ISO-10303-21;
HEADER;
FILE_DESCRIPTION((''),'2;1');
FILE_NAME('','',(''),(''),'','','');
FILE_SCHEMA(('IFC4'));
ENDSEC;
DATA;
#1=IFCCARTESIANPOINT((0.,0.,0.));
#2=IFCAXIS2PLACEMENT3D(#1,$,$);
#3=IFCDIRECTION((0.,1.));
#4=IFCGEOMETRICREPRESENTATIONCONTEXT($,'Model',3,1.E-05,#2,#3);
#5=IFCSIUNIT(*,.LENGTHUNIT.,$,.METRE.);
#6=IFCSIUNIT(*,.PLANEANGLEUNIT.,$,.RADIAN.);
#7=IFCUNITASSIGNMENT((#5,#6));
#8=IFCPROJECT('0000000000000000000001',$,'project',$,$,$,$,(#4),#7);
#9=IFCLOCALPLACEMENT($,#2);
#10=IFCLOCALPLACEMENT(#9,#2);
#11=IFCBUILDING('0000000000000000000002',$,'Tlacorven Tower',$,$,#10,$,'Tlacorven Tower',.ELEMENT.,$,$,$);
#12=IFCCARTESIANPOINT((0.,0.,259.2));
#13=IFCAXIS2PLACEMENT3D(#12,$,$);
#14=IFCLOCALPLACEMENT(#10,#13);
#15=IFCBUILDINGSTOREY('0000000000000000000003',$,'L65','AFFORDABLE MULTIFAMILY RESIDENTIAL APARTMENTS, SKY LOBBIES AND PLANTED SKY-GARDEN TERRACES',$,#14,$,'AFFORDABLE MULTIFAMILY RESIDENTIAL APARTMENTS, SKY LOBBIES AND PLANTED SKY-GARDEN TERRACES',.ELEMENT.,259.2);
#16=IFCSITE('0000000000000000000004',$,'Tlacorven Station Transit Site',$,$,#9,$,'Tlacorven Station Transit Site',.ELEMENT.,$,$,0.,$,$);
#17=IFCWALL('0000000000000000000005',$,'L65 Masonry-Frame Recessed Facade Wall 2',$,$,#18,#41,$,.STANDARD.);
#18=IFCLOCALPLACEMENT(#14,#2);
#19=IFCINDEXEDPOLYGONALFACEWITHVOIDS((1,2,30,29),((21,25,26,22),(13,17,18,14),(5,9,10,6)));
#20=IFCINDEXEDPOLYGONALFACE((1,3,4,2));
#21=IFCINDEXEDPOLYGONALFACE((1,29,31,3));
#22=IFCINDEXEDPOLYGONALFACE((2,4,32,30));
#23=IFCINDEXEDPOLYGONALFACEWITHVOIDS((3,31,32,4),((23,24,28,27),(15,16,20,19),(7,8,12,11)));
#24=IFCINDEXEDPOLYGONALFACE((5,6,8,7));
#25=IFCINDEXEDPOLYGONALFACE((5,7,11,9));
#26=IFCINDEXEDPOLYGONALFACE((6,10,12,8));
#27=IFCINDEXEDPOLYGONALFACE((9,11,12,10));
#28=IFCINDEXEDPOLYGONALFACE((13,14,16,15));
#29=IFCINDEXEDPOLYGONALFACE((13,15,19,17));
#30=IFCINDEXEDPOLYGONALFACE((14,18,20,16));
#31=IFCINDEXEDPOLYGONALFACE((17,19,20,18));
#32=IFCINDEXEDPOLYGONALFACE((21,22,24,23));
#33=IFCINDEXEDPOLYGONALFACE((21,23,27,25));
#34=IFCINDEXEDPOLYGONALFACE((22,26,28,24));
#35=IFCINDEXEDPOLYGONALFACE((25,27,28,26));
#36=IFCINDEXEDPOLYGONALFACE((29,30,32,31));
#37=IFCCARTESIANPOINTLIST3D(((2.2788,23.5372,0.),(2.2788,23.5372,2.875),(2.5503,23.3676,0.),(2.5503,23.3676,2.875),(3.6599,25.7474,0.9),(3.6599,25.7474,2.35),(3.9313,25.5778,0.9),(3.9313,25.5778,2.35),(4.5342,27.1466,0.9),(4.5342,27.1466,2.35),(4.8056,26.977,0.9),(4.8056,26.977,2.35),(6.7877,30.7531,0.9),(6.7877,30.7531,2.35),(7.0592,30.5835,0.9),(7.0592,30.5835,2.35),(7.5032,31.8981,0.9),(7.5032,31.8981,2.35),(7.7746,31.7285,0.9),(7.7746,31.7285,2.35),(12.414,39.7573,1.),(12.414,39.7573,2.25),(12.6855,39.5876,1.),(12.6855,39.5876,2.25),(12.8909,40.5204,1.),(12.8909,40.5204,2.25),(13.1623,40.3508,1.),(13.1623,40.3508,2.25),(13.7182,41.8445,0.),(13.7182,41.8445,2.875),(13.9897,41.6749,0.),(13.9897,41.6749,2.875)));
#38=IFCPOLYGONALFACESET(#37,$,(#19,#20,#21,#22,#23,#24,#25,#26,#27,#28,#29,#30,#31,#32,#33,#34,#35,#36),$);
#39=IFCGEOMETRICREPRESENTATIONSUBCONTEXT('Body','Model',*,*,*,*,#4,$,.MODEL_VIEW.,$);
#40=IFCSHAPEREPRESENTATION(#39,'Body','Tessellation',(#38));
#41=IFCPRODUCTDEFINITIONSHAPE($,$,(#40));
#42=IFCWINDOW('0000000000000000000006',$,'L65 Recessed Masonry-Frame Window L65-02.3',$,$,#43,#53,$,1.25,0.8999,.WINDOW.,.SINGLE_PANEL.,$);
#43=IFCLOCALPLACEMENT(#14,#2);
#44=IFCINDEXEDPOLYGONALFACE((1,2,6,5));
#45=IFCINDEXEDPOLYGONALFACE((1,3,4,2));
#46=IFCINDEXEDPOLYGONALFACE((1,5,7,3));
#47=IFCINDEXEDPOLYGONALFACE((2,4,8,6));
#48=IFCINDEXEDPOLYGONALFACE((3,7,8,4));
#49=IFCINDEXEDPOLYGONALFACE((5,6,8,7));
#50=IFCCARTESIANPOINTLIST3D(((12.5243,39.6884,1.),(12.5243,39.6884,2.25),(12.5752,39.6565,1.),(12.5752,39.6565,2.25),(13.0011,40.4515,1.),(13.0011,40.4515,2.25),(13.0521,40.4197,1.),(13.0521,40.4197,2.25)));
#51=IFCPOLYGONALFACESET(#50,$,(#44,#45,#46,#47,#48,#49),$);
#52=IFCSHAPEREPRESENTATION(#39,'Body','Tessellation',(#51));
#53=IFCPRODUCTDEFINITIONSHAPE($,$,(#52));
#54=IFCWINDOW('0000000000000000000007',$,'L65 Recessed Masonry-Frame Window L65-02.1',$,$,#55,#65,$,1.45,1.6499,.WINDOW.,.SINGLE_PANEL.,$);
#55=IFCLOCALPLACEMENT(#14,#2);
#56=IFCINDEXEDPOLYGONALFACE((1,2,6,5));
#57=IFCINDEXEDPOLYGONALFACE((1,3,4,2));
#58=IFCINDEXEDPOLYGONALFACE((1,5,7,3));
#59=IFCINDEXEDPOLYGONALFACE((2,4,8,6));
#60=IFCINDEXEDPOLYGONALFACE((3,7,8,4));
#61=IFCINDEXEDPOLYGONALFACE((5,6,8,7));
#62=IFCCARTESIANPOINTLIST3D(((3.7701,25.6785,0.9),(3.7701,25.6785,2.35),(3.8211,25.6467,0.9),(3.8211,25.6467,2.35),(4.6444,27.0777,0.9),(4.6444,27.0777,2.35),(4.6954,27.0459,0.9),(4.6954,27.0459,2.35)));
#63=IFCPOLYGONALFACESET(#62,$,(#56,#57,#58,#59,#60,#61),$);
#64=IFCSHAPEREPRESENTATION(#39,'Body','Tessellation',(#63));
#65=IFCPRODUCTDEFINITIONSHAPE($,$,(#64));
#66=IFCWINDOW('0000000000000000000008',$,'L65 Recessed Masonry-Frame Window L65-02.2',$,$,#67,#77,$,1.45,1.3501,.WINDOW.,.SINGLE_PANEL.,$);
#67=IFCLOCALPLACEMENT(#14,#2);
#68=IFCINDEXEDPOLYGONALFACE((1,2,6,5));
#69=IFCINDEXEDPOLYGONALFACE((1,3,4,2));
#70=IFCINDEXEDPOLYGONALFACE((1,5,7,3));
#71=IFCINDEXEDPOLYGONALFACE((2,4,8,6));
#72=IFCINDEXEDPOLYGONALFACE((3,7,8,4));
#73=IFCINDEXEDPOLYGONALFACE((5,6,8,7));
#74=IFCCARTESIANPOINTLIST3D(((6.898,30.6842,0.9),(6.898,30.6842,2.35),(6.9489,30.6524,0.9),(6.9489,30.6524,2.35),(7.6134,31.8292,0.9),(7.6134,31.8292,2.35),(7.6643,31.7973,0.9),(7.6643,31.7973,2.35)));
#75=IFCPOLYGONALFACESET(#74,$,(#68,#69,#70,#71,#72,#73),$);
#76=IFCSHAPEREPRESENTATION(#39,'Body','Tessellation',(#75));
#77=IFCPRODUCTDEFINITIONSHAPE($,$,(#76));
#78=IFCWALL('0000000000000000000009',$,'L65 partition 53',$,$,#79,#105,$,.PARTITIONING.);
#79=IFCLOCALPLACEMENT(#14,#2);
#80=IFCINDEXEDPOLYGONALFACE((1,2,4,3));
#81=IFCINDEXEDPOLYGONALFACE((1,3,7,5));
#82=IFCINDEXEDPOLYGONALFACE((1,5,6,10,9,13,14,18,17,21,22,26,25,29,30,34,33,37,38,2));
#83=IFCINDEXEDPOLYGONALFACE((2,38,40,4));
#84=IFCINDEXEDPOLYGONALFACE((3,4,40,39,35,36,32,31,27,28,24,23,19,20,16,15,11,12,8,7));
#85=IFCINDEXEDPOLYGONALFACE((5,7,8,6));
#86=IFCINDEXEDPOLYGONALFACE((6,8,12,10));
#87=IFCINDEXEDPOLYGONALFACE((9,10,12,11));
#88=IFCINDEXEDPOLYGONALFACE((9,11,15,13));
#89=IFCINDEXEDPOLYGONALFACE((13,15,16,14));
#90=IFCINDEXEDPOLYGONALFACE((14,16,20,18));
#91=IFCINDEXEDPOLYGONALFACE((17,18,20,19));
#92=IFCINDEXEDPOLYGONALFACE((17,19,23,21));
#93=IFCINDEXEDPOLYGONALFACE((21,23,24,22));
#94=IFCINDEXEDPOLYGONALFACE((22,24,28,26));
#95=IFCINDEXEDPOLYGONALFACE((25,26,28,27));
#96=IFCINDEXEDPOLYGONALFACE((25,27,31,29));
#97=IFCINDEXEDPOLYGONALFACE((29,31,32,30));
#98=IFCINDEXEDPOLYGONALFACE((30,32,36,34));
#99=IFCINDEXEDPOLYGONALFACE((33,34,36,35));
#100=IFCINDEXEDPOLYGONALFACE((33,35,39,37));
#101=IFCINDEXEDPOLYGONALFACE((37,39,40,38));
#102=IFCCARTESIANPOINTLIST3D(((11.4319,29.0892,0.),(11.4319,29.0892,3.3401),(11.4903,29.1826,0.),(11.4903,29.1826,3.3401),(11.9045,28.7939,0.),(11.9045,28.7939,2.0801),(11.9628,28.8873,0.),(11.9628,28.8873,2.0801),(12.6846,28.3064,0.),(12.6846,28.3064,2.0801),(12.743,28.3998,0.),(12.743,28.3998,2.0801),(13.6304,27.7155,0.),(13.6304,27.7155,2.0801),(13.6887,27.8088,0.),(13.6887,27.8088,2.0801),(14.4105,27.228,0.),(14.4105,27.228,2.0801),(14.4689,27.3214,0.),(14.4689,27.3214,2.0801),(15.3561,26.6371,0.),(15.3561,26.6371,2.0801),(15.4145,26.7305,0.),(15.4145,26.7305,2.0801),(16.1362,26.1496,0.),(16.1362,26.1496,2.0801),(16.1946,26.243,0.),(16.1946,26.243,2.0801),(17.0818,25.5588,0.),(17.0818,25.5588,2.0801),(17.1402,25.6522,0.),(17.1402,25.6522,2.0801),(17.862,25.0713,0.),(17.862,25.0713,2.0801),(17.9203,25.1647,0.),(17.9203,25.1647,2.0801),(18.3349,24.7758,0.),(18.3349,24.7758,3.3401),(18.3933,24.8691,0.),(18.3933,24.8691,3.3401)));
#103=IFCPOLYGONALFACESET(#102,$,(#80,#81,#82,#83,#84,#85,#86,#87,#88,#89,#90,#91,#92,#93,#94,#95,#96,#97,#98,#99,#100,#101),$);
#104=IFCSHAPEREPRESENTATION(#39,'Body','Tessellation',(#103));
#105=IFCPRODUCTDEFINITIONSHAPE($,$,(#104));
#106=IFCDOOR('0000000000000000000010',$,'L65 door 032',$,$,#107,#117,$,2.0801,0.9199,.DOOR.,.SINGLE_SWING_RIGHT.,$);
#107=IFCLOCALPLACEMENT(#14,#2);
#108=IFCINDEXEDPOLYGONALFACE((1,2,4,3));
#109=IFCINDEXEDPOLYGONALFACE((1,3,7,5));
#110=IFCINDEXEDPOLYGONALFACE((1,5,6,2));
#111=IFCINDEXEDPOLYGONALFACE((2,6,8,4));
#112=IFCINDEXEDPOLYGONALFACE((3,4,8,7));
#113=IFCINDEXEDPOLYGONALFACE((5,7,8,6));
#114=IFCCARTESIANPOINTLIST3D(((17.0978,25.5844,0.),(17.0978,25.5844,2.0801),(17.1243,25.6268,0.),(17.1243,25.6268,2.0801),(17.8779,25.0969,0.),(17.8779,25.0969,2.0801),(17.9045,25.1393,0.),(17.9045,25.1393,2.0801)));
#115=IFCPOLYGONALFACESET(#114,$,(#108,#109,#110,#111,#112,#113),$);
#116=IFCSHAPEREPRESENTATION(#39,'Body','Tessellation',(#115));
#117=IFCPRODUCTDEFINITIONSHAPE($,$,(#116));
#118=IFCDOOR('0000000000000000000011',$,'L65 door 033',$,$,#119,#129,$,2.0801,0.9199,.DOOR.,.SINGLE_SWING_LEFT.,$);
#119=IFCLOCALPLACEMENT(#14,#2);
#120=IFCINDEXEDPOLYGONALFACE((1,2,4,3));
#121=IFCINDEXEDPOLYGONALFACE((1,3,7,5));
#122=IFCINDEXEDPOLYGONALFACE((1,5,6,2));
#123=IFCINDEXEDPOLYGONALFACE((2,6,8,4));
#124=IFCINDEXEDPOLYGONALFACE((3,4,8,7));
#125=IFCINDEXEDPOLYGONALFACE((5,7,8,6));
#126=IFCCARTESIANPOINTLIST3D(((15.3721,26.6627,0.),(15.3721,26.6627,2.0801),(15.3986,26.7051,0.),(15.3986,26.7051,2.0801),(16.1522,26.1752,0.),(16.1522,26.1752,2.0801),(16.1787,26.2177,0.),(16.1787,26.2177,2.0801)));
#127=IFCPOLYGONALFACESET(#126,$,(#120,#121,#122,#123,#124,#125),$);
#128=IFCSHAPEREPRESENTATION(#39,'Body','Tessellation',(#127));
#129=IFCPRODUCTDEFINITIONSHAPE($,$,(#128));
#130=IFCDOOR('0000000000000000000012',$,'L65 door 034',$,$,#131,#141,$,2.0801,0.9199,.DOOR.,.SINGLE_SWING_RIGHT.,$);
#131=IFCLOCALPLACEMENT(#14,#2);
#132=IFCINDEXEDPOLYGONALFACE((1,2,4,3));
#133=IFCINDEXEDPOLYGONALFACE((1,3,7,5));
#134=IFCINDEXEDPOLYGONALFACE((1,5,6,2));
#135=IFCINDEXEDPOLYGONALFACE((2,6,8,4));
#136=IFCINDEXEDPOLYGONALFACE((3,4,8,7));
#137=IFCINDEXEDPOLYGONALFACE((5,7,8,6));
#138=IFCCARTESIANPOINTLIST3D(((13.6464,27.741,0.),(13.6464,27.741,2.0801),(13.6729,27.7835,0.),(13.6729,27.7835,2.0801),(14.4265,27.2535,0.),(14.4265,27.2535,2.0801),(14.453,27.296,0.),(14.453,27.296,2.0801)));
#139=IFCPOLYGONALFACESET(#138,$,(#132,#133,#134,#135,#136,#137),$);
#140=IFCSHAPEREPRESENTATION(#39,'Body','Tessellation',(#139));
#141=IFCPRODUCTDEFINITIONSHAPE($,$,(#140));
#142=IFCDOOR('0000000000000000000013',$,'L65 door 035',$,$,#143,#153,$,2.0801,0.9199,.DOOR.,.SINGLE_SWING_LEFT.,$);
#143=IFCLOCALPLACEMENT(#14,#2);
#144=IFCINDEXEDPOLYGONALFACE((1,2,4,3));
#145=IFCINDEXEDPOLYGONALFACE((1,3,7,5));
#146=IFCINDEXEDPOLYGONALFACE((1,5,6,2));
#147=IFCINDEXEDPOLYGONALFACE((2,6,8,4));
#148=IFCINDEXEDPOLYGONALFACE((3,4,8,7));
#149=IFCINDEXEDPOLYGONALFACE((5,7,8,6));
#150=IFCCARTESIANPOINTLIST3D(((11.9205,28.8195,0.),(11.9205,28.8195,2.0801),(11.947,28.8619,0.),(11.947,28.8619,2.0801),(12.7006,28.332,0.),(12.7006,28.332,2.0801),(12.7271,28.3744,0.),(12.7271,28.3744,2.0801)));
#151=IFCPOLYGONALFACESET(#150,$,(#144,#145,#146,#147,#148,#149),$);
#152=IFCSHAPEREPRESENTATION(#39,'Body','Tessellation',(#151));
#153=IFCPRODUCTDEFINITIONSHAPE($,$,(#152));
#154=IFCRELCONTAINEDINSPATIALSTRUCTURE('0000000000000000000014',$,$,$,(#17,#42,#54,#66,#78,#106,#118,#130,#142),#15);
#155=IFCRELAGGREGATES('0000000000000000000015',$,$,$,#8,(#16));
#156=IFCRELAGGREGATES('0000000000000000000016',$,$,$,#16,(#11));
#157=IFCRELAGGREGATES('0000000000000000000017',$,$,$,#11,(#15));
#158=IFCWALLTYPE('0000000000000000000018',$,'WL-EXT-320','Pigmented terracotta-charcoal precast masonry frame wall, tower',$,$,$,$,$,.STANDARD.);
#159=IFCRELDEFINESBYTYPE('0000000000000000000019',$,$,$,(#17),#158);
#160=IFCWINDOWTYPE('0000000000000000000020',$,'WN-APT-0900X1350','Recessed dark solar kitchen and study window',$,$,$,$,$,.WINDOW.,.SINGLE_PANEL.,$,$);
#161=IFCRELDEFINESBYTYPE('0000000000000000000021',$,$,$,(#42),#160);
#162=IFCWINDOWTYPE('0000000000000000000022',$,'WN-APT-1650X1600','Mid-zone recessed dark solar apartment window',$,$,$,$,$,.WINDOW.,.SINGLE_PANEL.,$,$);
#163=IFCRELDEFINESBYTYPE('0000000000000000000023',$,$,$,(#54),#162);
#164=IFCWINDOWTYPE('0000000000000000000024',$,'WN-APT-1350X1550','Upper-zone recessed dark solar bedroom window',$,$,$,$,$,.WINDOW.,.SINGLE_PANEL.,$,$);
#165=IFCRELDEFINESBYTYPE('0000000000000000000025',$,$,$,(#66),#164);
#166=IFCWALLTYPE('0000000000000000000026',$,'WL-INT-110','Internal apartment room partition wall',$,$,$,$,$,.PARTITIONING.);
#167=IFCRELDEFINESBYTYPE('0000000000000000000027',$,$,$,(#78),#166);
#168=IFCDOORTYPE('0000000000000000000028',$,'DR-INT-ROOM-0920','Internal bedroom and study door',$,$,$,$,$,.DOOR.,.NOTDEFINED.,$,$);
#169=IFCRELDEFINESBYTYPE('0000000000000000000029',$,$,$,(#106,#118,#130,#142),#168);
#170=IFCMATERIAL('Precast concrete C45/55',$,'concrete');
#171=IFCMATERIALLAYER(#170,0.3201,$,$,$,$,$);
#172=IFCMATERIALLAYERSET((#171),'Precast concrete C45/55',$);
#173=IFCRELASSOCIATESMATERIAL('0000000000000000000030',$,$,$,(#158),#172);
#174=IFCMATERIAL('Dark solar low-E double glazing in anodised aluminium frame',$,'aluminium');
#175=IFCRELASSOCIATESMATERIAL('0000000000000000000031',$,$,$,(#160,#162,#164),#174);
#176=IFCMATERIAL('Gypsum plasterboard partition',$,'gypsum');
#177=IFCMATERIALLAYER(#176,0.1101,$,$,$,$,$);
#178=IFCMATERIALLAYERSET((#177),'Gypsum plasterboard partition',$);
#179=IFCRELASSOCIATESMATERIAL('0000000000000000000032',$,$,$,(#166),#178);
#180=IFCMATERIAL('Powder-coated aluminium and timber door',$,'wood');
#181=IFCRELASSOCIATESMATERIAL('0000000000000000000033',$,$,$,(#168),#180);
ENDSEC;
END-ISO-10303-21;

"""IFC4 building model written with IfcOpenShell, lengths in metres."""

from ifc_helpers import new_model, si_unit, direction, frame, frame_2d, origin, place, context, subcontext, project, spatial, rectangle, extrude, source, transform, mapped, material, layer, layer_set, type_object, element, fill, save


model = new_model("IFC4")

# Units and contexts
model_context = context("Model", 3, precision=1e-05, world=origin(), true_north=direction((0.0, 1.0)))
body_context = subcontext(model_context, "Body", "Model", "MODEL_VIEW")
ifc_project = project(units=[si_unit("LENGTHUNIT", "METRE"), si_unit("PLANEANGLEUNIT", "RADIAN")], contexts=[model_context])

# Site, building, storey
site_placement = place(None, origin())
site = spatial("IfcSite", under=ifc_project, at=site_placement, Name="Tlacorven Station Transit Site", LongName="Tlacorven Station Transit Site", CompositionType="ELEMENT", RefElevation=0.0)
building_placement = place(site_placement, origin())
building = spatial("IfcBuilding", under=site, at=building_placement, Name="Tlacorven Tower", LongName="Tlacorven Tower", CompositionType="ELEMENT")
storey_placement = place(building_placement, frame((0.0, 0.0, 259.2)))
storey = spatial("IfcBuildingStorey", under=building, at=storey_placement, Name="L65", Description="AFFORDABLE MULTIFAMILY RESIDENTIAL APARTMENTS, SKY LOBBIES AND PLANTED SKY-GARDEN TERRACES", LongName="AFFORDABLE MULTIFAMILY RESIDENTIAL APARTMENTS, SKY LOBBIES AND PLANTED SKY-GARDEN TERRACES", CompositionType="ELEMENT", Elevation=259.2)

# Wall, openings, windows
ifc_material_1 = material(Name="Precast concrete C45/55", Category="concrete")
ifc_layer_1 = layer(ifc_material_1, 0.3201)
ifc_layer_set_1 = layer_set([ifc_layer_1], Name="Precast concrete C45/55")
wall_type_1 = type_object("IfcWallType", Name="WL-EXT-320", Description="Pigmented terracotta-charcoal precast masonry frame wall, tower", PredefinedType="STANDARD", material=ifc_layer_set_1)
wall_1_placement = place(storey_placement, frame((2.4146, 23.4524, 0.0), z_axis=(0.0, 0.0, 1.0), x_axis=(0.52991, 0.848054, 0.0)))
wall_1 = element("IfcWall", 1, at=wall_1_placement, inside=storey, type_object=wall_type_1, Name="L65 Masonry-Frame Recessed Facade Wall 2", PredefinedType="STANDARD", context=body_context, shape_type="SweptSolid", body=[
    extrude(rectangle(XDim=21.5874, YDim=0.3201, at=frame_2d((10.7937, 0.0))), origin(), (0.0, 0.0, 1.0), 2.875),
])
opening_1_placement = place(wall_1_placement, frame((2.6062, 0.0, 0.8999)))
opening_1 = element("IfcOpeningElement", 2, at=opening_1_placement, cuts=wall_1, PredefinedType="OPENING", context=body_context, shape_type="SweptSolid", body=[
    extrude(rectangle(XDim=1.6499, YDim=1.45, at=frame_2d((0.825, 0.7251))), frame((0.0, 0.1699, 0.0), z_axis=(0.0, -1.0, 0.0), x_axis=(1.0, 0.0, 0.0)), (0.0, 0.0, 1.0), 0.3401),
])
opening_2_placement = place(wall_1_placement, frame((8.5088, 0.0, 0.8999)))
opening_2 = element("IfcOpeningElement", 3, at=opening_2_placement, cuts=wall_1, PredefinedType="OPENING", context=body_context, shape_type="SweptSolid", body=[
    extrude(rectangle(XDim=1.3501, YDim=1.45, at=frame_2d((0.675, 0.7251))), frame((0.0, 0.1699, 0.0), z_axis=(0.0, -1.0, 0.0), x_axis=(1.0, 0.0, 0.0)), (0.0, 0.0, 1.0), 0.3401),
])
opening_3_placement = place(wall_1_placement, frame((19.1262, 0.0, 1.0)))
opening_3 = element("IfcOpeningElement", 4, at=opening_3_placement, cuts=wall_1, PredefinedType="OPENING", context=body_context, shape_type="SweptSolid", body=[
    extrude(rectangle(XDim=0.8999, YDim=1.25, at=frame_2d((0.45, 0.625))), frame((0.0, 0.1699, 0.0), z_axis=(0.0, -1.0, 0.0), x_axis=(1.0, 0.0, 0.0)), (0.0, 0.0, 1.0), 0.3401),
])
ifc_material_2 = material(Name="Dark solar low-E double glazing in anodised aluminium frame", Category="aluminium")
window_type_1 = type_object("IfcWindowType", Name="WN-APT-0900X1350", Description="Recessed dark solar kitchen and study window", PartitioningType="SINGLE_PANEL", PredefinedType="WINDOW", material=ifc_material_2)
shared_shape_1 = source(origin(), body_context, "Body", "SweptSolid", [
    extrude(rectangle(XDim=0.8999, YDim=1.25, at=frame_2d((0.45, 0.625))), frame((0.0, 0.03, 0.0), z_axis=(0.0, -1.0, 0.0), x_axis=(1.0, 0.0, 0.0)), (0.0, 0.0, 1.0), 0.0601),
])
window_1_placement = place(opening_3_placement, origin())
window_1 = element("IfcWindow", 5, at=window_1_placement, inside=storey, type_object=window_type_1, Name="L65 Recessed Masonry-Frame Window L65-02.3", OverallHeight=1.25, OverallWidth=0.8999, PartitioningType="SINGLE_PANEL", PredefinedType="WINDOW", context=body_context, shape_type="MappedRepresentation", body=[
    mapped(shared_shape_1, transform((0.0, 0.0, 0.0), scale=1.0)),
])
fill(opening_3, window_1)
window_type_2 = type_object("IfcWindowType", Name="WN-APT-1650X1600", Description="Mid-zone recessed dark solar apartment window", PartitioningType="SINGLE_PANEL", PredefinedType="WINDOW", material=ifc_material_2)
shared_shape_2 = source(origin(), body_context, "Body", "SweptSolid", [
    extrude(rectangle(XDim=1.6499, YDim=1.45, at=frame_2d((0.825, 0.7251))), frame((0.0, 0.03, 0.0), z_axis=(0.0, -1.0, 0.0), x_axis=(1.0, 0.0, 0.0)), (0.0, 0.0, 1.0), 0.0601),
])
window_2_placement = place(opening_1_placement, origin())
window_2 = element("IfcWindow", 6, at=window_2_placement, inside=storey, type_object=window_type_2, Name="L65 Recessed Masonry-Frame Window L65-02.1", OverallHeight=1.45, OverallWidth=1.6499, PartitioningType="SINGLE_PANEL", PredefinedType="WINDOW", context=body_context, shape_type="MappedRepresentation", body=[
    mapped(shared_shape_2, transform((0.0, 0.0, 0.0), scale=1.0)),
])
fill(opening_1, window_2)
window_type_3 = type_object("IfcWindowType", Name="WN-APT-1350X1550", Description="Upper-zone recessed dark solar bedroom window", PartitioningType="SINGLE_PANEL", PredefinedType="WINDOW", material=ifc_material_2)
shared_shape_3 = source(origin(), body_context, "Body", "SweptSolid", [
    extrude(rectangle(XDim=1.3501, YDim=1.45, at=frame_2d((0.675, 0.7251))), frame((0.0, 0.03, 0.0), z_axis=(0.0, -1.0, 0.0), x_axis=(1.0, 0.0, 0.0)), (0.0, 0.0, 1.0), 0.0601),
])
window_3_placement = place(opening_2_placement, origin())
window_3 = element("IfcWindow", 7, at=window_3_placement, inside=storey, type_object=window_type_3, Name="L65 Recessed Masonry-Frame Window L65-02.2", OverallHeight=1.45, OverallWidth=1.3501, PartitioningType="SINGLE_PANEL", PredefinedType="WINDOW", context=body_context, shape_type="MappedRepresentation", body=[
    mapped(shared_shape_3, transform((0.0, 0.0, 0.0), scale=1.0)),
])
fill(opening_2, window_3)

# Wall, openings, doors
ifc_material_3 = material(Name="Gypsum plasterboard partition", Category="gypsum")
ifc_layer_2 = layer(ifc_material_3, 0.1101)
ifc_layer_set_2 = layer_set([ifc_layer_2], Name="Gypsum plasterboard partition")
wall_type_2 = type_object("IfcWallType", Name="WL-INT-110", Description="Internal apartment room partition wall", PredefinedType="PARTITIONING", material=ifc_layer_set_2)
wall_2_placement = place(storey_placement, frame((18.364, 24.8225, 0.0), z_axis=(0.0, 0.0, 1.0), x_axis=(-0.848051, 0.529915, 0.0)))
wall_2 = element("IfcWall", 8, at=wall_2_placement, inside=storey, type_object=wall_type_2, Name="L65 partition 53", PredefinedType="PARTITIONING", context=body_context, shape_type="SweptSolid", body=[
    extrude(rectangle(XDim=8.1399, YDim=0.1101, at=frame_2d((4.0698, 0.0))), origin(), (0.0, 0.0, 1.0), 3.3401),
])
opening_4_placement = place(wall_2_placement, frame((0.5576, 0.0, 0.0)))
opening_4 = element("IfcOpeningElement", 9, at=opening_4_placement, cuts=wall_2, PredefinedType="OPENING", context=body_context, shape_type="SweptSolid", body=[
    extrude(rectangle(XDim=0.9199, YDim=2.0801, at=frame_2d((0.46, 1.04))), frame((0.0, 0.0649, 0.0), z_axis=(0.0, -1.0, 0.0), x_axis=(1.0, 0.0, 0.0)), (0.0, 0.0, 1.0), 0.1301),
])
opening_5_placement = place(wall_2_placement, frame((2.5925, 0.0, 0.0)))
opening_5 = element("IfcOpeningElement", 10, at=opening_5_placement, cuts=wall_2, PredefinedType="OPENING", context=body_context, shape_type="SweptSolid", body=[
    extrude(rectangle(XDim=0.9199, YDim=2.0801, at=frame_2d((0.46, 1.04))), frame((0.0, 0.0649, 0.0), z_axis=(0.0, -1.0, 0.0), x_axis=(1.0, 0.0, 0.0)), (0.0, 0.0, 1.0), 0.1301),
])
opening_6_placement = place(wall_2_placement, frame((4.6274, 0.0, 0.0)))
opening_6 = element("IfcOpeningElement", 11, at=opening_6_placement, cuts=wall_2, PredefinedType="OPENING", context=body_context, shape_type="SweptSolid", body=[
    extrude(rectangle(XDim=0.9199, YDim=2.0801, at=frame_2d((0.46, 1.04))), frame((0.0, 0.0649, 0.0), z_axis=(0.0, -1.0, 0.0), x_axis=(1.0, 0.0, 0.0)), (0.0, 0.0, 1.0), 0.1301),
])
opening_7_placement = place(wall_2_placement, frame((6.6626, 0.0, 0.0)))
opening_7 = element("IfcOpeningElement", 12, at=opening_7_placement, cuts=wall_2, PredefinedType="OPENING", context=body_context, shape_type="SweptSolid", body=[
    extrude(rectangle(XDim=0.9199, YDim=2.0801, at=frame_2d((0.46, 1.04))), frame((0.0, 0.0649, 0.0), z_axis=(0.0, -1.0, 0.0), x_axis=(1.0, 0.0, 0.0)), (0.0, 0.0, 1.0), 0.1301),
])
ifc_material_4 = material(Name="Powder-coated aluminium and timber door", Category="wood")
door_type = type_object("IfcDoorType", Name="DR-INT-ROOM-0920", Description="Internal bedroom and study door", OperationType="NOTDEFINED", PredefinedType="DOOR", material=ifc_material_4)
shared_shape_4 = source(origin(), body_context, "Body", "SweptSolid", [
    extrude(rectangle(XDim=0.9199, YDim=2.0801, at=frame_2d((0.46, 1.04))), frame((0.0, 0.0249, 0.0), z_axis=(0.0, -1.0, 0.0), x_axis=(1.0, 0.0, 0.0)), (0.0, 0.0, 1.0), 0.05),
])
door_1_placement = place(opening_4_placement, origin())
door_1 = element("IfcDoor", 13, at=door_1_placement, inside=storey, type_object=door_type, Name="L65 door 032", OperationType="SINGLE_SWING_RIGHT", OverallHeight=2.0801, OverallWidth=0.9199, PredefinedType="DOOR", context=body_context, shape_type="MappedRepresentation", body=[
    mapped(shared_shape_4, transform((0.0, 0.0, 0.0), scale=1.0)),
])
fill(opening_4, door_1)
door_2_placement = place(opening_5_placement, origin())
door_2 = element("IfcDoor", 14, at=door_2_placement, inside=storey, type_object=door_type, Name="L65 door 033", OperationType="SINGLE_SWING_LEFT", OverallHeight=2.0801, OverallWidth=0.9199, PredefinedType="DOOR", context=body_context, shape_type="MappedRepresentation", body=[
    mapped(shared_shape_4, transform((0.0, 0.0, 0.0), scale=1.0)),
])
fill(opening_5, door_2)
door_3_placement = place(opening_6_placement, origin())
door_3 = element("IfcDoor", 15, at=door_3_placement, inside=storey, type_object=door_type, Name="L65 door 034", OperationType="SINGLE_SWING_RIGHT", OverallHeight=2.0801, OverallWidth=0.9199, PredefinedType="DOOR", context=body_context, shape_type="MappedRepresentation", body=[
    mapped(shared_shape_4, transform((0.0, 0.0, 0.0), scale=1.0)),
])
fill(opening_6, door_3)
door_4_placement = place(opening_7_placement, origin())
door_4 = element("IfcDoor", 16, at=door_4_placement, inside=storey, type_object=door_type, Name="L65 door 035", OperationType="SINGLE_SWING_LEFT", OverallHeight=2.0801, OverallWidth=0.9199, PredefinedType="DOOR", context=body_context, shape_type="MappedRepresentation", body=[
    mapped(shared_shape_4, transform((0.0, 0.0, 0.0), scale=1.0)),
])
fill(opening_7, door_4)

save(model, "model.ifc")
